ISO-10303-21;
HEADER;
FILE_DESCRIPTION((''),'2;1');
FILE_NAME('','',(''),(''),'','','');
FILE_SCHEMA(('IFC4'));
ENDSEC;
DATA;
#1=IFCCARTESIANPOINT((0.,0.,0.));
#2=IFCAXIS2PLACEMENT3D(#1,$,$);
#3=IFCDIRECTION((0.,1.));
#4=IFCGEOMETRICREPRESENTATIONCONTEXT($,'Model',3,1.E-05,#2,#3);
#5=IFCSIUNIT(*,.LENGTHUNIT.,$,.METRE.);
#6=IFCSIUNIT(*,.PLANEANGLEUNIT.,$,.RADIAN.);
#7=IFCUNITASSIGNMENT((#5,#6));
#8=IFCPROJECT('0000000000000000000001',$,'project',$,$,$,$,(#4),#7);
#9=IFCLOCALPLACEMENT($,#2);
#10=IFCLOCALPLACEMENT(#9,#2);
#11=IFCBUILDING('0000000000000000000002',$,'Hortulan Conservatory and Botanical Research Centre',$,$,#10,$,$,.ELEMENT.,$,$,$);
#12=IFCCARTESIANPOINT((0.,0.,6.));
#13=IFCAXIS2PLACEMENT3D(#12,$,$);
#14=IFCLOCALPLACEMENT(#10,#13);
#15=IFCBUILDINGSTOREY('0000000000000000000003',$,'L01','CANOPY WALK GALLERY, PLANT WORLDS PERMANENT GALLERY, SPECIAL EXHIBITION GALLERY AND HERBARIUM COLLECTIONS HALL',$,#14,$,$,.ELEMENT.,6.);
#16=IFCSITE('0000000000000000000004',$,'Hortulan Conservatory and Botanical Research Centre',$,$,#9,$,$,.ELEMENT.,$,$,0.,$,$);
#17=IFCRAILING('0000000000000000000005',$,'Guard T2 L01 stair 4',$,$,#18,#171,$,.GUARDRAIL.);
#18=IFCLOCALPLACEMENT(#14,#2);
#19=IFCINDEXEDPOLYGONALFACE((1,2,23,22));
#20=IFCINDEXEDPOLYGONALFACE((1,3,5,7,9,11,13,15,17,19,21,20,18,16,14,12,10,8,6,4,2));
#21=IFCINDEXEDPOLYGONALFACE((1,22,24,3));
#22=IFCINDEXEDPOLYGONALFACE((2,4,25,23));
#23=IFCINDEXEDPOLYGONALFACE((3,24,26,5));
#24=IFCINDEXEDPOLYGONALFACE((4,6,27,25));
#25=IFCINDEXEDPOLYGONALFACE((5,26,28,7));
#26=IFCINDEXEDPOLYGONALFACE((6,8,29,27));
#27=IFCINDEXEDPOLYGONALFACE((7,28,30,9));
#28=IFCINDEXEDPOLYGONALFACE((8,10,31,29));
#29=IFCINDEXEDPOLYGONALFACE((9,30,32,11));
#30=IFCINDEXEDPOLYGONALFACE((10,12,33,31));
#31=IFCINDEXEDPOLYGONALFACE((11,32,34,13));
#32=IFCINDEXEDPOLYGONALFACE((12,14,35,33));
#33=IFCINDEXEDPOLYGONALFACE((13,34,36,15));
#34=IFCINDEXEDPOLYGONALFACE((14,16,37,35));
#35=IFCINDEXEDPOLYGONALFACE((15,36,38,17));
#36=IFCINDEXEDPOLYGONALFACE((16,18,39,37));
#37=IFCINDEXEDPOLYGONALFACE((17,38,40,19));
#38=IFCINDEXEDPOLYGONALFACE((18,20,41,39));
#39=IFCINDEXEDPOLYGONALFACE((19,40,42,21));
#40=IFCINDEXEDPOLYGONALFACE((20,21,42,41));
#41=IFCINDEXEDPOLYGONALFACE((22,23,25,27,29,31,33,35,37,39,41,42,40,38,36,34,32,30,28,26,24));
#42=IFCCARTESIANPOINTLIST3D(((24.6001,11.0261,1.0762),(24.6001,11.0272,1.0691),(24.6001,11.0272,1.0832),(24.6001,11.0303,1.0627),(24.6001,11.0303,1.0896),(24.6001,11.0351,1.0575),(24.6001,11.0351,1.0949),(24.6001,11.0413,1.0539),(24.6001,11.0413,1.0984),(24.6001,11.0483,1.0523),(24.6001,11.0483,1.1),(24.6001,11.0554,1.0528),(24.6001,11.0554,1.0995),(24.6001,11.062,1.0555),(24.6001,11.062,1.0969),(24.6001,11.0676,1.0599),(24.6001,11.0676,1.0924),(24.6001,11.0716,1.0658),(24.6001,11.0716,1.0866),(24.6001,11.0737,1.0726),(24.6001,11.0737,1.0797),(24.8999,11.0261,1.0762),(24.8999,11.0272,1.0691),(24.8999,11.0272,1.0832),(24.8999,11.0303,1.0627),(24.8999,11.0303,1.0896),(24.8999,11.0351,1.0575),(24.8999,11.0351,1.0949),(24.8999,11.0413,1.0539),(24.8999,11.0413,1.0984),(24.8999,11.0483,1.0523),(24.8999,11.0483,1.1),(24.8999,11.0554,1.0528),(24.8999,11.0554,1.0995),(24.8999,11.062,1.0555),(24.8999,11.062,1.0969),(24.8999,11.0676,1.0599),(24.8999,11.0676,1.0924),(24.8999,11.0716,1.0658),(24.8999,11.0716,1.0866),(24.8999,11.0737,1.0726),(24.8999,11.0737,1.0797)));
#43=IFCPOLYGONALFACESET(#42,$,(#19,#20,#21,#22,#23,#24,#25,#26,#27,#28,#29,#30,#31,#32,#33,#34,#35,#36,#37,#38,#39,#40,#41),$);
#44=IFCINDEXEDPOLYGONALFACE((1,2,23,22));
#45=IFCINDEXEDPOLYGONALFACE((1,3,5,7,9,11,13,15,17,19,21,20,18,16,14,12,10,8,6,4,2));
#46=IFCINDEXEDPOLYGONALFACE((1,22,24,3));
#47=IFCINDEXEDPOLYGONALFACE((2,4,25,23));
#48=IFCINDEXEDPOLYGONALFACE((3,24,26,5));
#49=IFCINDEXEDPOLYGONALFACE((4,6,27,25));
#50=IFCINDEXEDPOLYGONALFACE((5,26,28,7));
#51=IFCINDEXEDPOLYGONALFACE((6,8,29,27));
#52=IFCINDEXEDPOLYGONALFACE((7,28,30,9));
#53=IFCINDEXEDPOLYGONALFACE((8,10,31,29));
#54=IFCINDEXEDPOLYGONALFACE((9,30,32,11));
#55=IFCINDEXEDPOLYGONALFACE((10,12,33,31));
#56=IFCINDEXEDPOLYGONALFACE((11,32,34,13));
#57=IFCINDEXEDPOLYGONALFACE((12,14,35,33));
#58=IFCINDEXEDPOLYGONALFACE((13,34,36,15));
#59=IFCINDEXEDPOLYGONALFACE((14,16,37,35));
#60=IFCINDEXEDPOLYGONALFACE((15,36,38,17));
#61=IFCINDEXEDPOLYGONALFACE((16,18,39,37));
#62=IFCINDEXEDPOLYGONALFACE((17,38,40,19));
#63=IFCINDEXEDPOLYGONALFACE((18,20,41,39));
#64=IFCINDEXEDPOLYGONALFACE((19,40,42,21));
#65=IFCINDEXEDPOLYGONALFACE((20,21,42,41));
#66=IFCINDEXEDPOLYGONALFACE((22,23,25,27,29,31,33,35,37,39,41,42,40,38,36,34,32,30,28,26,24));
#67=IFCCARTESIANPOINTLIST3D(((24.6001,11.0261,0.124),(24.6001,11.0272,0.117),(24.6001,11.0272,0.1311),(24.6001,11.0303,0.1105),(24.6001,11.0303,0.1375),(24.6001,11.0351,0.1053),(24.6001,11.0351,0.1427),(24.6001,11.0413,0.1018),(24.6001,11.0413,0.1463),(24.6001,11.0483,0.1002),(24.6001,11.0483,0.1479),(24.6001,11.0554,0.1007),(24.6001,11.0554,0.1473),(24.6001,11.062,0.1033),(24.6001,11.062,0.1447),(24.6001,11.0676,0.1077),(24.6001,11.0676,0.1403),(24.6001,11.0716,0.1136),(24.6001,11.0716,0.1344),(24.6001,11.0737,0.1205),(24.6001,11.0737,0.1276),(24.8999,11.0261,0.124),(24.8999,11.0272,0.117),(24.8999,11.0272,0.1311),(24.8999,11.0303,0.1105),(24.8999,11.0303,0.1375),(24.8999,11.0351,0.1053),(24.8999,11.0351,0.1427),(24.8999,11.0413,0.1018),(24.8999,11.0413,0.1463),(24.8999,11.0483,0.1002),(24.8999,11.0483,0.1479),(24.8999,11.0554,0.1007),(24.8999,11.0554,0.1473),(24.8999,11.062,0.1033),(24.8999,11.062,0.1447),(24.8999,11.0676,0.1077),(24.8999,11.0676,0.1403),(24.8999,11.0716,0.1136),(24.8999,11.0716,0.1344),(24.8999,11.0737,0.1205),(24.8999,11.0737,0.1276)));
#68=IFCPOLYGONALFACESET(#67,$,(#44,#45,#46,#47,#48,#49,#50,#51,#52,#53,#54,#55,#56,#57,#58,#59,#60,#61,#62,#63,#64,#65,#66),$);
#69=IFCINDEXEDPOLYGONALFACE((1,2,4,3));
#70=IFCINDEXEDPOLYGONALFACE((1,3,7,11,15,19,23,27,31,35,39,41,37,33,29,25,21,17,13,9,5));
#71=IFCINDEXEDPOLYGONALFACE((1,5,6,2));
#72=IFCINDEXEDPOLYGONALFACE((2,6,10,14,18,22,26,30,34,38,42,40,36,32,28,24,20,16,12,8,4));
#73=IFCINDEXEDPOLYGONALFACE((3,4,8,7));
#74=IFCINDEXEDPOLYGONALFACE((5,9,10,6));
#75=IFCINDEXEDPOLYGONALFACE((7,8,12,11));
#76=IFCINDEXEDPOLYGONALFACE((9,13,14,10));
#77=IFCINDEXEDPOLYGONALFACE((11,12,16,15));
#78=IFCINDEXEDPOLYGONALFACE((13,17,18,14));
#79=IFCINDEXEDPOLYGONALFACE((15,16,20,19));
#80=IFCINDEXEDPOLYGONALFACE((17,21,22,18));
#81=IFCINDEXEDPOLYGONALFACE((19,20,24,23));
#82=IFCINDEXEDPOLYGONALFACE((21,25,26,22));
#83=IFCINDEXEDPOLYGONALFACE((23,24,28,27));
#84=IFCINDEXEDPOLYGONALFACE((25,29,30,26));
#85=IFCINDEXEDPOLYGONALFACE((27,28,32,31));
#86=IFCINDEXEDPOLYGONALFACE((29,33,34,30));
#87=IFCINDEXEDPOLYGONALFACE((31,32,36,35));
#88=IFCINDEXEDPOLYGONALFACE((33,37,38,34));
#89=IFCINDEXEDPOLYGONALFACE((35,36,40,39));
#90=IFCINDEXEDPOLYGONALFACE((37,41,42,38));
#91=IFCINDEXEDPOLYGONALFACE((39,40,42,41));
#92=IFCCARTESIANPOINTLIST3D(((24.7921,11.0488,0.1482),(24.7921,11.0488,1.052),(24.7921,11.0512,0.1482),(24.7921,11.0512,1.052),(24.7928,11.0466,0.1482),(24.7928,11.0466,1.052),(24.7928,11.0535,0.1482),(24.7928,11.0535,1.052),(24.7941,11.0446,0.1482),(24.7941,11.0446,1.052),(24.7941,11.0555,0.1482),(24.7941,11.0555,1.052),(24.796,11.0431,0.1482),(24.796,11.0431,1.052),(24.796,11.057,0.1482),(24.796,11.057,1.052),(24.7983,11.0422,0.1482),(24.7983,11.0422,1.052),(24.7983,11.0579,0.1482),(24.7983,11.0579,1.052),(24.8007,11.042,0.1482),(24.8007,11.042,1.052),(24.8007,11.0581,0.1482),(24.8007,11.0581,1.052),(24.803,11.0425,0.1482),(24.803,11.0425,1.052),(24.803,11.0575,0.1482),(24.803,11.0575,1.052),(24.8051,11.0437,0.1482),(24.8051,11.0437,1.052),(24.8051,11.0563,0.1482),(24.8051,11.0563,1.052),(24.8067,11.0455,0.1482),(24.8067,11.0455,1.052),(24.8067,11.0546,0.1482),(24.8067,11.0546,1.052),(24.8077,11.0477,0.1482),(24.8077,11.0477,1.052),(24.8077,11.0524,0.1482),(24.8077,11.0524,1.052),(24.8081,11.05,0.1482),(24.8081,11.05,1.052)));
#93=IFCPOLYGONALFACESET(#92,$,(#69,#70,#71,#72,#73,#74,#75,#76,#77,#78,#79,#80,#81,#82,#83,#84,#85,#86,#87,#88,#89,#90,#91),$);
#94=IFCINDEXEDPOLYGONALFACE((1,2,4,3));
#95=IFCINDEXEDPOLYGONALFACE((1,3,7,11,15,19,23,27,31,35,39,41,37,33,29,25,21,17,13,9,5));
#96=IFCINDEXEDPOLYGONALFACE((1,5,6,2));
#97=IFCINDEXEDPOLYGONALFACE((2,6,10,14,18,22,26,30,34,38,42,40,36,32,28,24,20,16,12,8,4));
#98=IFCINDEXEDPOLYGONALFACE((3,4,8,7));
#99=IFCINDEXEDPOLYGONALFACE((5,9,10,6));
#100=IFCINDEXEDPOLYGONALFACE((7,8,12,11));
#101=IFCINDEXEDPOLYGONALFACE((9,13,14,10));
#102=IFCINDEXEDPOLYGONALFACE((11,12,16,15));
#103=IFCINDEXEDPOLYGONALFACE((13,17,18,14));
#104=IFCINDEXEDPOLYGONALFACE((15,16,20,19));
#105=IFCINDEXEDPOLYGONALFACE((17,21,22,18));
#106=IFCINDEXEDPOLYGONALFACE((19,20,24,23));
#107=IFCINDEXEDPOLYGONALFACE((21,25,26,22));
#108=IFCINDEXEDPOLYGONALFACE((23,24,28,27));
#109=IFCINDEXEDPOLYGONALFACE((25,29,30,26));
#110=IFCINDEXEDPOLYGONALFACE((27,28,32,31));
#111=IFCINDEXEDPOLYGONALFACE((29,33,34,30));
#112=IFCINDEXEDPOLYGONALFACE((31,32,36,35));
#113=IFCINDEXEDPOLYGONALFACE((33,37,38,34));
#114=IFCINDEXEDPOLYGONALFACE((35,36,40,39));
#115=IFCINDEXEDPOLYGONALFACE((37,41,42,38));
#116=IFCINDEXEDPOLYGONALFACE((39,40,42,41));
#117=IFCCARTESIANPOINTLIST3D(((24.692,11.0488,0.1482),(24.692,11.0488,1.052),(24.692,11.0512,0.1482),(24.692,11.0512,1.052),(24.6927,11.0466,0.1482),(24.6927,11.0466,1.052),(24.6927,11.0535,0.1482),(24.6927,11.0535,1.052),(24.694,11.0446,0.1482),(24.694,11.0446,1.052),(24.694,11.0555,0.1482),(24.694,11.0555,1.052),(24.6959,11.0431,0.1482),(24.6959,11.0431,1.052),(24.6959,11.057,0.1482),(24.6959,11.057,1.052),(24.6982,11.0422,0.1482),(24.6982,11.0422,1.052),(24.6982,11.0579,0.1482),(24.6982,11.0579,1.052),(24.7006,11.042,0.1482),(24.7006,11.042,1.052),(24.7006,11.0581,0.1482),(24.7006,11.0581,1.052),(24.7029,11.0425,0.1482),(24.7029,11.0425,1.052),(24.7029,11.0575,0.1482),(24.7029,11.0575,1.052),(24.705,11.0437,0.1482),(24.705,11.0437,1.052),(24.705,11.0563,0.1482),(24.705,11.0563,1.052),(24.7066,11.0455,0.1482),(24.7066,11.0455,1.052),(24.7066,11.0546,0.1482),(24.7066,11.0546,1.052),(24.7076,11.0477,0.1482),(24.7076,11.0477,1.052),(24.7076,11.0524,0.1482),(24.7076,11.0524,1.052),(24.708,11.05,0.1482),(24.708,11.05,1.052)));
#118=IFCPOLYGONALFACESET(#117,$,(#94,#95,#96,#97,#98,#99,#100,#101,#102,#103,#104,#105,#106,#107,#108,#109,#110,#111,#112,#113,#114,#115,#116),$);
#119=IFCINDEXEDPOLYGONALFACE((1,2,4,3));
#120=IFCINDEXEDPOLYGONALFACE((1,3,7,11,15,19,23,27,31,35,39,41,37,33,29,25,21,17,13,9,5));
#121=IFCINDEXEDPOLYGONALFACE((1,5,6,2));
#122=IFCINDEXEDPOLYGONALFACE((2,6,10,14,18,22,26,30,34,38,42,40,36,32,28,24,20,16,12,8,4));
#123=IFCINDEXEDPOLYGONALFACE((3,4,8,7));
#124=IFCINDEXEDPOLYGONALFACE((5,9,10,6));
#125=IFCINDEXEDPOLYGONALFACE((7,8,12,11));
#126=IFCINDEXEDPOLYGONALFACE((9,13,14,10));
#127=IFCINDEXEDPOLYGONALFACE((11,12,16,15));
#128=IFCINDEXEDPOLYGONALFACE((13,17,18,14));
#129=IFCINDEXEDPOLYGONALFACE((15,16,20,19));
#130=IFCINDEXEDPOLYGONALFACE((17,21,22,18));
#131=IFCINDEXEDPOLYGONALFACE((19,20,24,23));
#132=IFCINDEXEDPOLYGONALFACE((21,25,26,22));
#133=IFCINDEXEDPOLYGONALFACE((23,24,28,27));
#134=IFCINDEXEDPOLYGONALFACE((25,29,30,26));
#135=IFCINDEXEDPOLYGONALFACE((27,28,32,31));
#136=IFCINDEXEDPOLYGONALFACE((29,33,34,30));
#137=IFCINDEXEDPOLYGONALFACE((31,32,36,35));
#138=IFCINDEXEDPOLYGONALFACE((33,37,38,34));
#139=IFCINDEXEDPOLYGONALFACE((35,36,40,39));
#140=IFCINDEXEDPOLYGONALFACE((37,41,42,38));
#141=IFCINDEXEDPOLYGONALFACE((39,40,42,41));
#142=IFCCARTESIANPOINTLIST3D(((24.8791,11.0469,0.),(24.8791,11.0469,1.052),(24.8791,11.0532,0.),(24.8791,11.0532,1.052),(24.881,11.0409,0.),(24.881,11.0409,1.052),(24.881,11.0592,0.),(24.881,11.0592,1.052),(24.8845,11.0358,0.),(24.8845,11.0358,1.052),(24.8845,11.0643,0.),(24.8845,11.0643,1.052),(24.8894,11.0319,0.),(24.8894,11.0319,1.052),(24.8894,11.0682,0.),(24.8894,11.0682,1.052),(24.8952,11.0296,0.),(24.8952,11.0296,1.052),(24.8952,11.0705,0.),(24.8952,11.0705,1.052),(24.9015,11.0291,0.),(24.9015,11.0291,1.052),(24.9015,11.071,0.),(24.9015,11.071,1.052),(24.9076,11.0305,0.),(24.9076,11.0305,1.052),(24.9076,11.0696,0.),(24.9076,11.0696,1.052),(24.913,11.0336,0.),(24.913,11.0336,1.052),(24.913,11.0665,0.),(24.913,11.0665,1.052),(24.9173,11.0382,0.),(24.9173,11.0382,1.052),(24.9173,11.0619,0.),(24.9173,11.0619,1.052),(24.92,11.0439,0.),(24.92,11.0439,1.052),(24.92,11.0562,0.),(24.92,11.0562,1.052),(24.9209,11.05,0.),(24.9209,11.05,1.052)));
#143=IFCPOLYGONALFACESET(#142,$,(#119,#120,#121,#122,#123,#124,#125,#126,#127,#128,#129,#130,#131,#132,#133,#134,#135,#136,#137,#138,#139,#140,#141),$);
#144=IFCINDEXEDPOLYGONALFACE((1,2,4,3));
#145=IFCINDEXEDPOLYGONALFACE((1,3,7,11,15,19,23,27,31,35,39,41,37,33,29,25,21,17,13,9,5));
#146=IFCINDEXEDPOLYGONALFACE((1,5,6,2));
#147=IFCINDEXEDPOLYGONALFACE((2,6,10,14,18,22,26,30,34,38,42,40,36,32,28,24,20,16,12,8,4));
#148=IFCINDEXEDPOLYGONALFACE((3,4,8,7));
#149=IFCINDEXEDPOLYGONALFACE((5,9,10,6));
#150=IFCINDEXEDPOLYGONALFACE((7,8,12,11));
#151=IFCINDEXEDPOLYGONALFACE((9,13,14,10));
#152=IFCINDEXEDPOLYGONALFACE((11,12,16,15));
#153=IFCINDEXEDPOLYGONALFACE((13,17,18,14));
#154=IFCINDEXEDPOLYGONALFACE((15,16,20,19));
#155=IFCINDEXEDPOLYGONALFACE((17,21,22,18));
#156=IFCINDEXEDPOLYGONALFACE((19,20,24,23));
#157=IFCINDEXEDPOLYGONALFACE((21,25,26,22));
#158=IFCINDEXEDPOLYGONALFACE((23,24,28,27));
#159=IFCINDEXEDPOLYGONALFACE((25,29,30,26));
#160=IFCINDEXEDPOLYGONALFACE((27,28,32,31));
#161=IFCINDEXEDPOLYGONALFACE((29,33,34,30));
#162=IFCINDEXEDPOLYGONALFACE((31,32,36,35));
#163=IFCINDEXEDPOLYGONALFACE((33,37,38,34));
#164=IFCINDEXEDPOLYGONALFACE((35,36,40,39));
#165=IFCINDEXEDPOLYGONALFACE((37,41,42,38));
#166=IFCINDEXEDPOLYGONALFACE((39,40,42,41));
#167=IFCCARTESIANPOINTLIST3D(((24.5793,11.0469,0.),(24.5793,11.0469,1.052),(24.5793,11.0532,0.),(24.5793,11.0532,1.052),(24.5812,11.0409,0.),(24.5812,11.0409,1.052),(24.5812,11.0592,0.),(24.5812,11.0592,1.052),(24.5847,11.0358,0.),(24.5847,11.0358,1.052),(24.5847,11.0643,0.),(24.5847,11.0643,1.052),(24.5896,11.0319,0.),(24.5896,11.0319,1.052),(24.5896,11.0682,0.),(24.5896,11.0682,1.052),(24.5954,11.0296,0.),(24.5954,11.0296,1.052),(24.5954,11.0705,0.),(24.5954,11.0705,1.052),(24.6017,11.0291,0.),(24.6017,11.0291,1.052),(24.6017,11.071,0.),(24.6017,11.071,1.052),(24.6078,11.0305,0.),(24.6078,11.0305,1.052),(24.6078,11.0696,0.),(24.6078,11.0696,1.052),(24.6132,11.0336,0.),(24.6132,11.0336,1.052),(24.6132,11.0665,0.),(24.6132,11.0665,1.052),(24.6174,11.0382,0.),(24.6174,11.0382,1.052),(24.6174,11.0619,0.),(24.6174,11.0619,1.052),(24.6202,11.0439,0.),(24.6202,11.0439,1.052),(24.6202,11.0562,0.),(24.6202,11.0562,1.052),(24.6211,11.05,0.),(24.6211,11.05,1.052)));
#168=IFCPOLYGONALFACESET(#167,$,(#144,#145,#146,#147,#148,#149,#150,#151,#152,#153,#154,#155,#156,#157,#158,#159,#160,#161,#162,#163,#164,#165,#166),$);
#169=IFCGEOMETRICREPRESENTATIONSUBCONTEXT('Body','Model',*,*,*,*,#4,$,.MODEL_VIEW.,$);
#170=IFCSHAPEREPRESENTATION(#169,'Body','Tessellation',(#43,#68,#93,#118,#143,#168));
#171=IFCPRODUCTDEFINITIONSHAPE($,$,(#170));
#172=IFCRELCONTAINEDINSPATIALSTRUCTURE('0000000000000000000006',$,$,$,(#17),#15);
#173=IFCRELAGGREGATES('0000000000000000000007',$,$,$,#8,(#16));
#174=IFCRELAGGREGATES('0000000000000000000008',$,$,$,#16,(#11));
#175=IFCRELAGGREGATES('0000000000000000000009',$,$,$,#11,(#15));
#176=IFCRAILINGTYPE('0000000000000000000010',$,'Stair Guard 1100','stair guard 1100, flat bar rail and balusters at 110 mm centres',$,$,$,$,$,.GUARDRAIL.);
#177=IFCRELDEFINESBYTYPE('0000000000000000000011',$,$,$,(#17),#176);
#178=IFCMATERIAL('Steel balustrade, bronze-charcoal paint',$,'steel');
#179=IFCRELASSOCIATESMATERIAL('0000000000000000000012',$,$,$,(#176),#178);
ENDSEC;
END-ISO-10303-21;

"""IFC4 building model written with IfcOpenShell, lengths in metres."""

from ifc_helpers import new_model, si_unit, direction, frame, origin, origin_2d, place, context, subcontext, project, spatial, circle, extrude, material, type_object, element, save


model = new_model("IFC4")

# Units and contexts
model_context = context("Model", 3, precision=1e-05, world=origin(), true_north=direction((0.0, 1.0)))
body_context = subcontext(model_context, "Body", "Model", "MODEL_VIEW")
ifc_project = project(units=[si_unit("LENGTHUNIT", "METRE"), si_unit("PLANEANGLEUNIT", "RADIAN")], contexts=[model_context])

# Site, building, storey
site_placement = place(None, origin())
site = spatial("IfcSite", under=ifc_project, at=site_placement, Name="Hortulan Conservatory and Botanical Research Centre", CompositionType="ELEMENT", RefElevation=0.0)
building_placement = place(site_placement, origin())
building = spatial("IfcBuilding", under=site, at=building_placement, Name="Hortulan Conservatory and Botanical Research Centre", CompositionType="ELEMENT")
storey_placement = place(building_placement, frame((0.0, 0.0, 6.0)))
storey = spatial("IfcBuildingStorey", under=building, at=storey_placement, Name="L01", Description="CANOPY WALK GALLERY, PLANT WORLDS PERMANENT GALLERY, SPECIAL EXHIBITION GALLERY AND HERBARIUM COLLECTIONS HALL", CompositionType="ELEMENT", Elevation=6.0)

# Railing
ifc_material_1 = material(Name="Steel balustrade, bronze-charcoal paint", Category="steel")
railing_type_1 = type_object("IfcRailingType", Name="Stair Guard 1100", Description="stair guard 1100, flat bar rail and balusters at 110 mm centres", PredefinedType="GUARDRAIL", material=ifc_material_1)
railing_1_placement = place(storey_placement, frame((24.8999, 11.05, 0.0)))
element("IfcRailing", 1, at=railing_1_placement, inside=storey, type_object=railing_type_1, Name="Guard T2 L01 stair 4", PredefinedType="GUARDRAIL", context=body_context, shape_type="SweptSolid", body=[
    extrude(circle(Radius=0.0239, at=origin_2d()), frame((0.0, 0.0, 1.0762), z_axis=(-1.0, 0.0, 0.0), x_axis=(0.0, -1.0, 0.0)), (0.0, 0.0, 1.0), 0.2998),
    extrude(circle(Radius=0.0239, at=origin_2d()), frame((0.0, 0.0, 0.124), z_axis=(-1.0, 0.0, 0.0), x_axis=(0.0, -1.0, 0.0)), (0.0, 0.0, 1.0), 0.2998),
    extrude(circle(Radius=0.0081, at=origin_2d()), frame((-0.0999, 0.0, 0.1482)), (0.0, 0.0, 1.0), 0.9038),
    extrude(circle(Radius=0.0081, at=origin_2d()), frame((-0.2, 0.0, 0.1482)), (0.0, 0.0, 1.0), 0.9038),
    extrude(circle(Radius=0.021, at=origin_2d()), origin(), (0.0, 0.0, 1.0), 1.052),
    extrude(circle(Radius=0.021, at=origin_2d()), frame((-0.2998, 0.0, 0.0)), (0.0, 0.0, 1.0), 1.052),
])

save(model, "model.ifc")
